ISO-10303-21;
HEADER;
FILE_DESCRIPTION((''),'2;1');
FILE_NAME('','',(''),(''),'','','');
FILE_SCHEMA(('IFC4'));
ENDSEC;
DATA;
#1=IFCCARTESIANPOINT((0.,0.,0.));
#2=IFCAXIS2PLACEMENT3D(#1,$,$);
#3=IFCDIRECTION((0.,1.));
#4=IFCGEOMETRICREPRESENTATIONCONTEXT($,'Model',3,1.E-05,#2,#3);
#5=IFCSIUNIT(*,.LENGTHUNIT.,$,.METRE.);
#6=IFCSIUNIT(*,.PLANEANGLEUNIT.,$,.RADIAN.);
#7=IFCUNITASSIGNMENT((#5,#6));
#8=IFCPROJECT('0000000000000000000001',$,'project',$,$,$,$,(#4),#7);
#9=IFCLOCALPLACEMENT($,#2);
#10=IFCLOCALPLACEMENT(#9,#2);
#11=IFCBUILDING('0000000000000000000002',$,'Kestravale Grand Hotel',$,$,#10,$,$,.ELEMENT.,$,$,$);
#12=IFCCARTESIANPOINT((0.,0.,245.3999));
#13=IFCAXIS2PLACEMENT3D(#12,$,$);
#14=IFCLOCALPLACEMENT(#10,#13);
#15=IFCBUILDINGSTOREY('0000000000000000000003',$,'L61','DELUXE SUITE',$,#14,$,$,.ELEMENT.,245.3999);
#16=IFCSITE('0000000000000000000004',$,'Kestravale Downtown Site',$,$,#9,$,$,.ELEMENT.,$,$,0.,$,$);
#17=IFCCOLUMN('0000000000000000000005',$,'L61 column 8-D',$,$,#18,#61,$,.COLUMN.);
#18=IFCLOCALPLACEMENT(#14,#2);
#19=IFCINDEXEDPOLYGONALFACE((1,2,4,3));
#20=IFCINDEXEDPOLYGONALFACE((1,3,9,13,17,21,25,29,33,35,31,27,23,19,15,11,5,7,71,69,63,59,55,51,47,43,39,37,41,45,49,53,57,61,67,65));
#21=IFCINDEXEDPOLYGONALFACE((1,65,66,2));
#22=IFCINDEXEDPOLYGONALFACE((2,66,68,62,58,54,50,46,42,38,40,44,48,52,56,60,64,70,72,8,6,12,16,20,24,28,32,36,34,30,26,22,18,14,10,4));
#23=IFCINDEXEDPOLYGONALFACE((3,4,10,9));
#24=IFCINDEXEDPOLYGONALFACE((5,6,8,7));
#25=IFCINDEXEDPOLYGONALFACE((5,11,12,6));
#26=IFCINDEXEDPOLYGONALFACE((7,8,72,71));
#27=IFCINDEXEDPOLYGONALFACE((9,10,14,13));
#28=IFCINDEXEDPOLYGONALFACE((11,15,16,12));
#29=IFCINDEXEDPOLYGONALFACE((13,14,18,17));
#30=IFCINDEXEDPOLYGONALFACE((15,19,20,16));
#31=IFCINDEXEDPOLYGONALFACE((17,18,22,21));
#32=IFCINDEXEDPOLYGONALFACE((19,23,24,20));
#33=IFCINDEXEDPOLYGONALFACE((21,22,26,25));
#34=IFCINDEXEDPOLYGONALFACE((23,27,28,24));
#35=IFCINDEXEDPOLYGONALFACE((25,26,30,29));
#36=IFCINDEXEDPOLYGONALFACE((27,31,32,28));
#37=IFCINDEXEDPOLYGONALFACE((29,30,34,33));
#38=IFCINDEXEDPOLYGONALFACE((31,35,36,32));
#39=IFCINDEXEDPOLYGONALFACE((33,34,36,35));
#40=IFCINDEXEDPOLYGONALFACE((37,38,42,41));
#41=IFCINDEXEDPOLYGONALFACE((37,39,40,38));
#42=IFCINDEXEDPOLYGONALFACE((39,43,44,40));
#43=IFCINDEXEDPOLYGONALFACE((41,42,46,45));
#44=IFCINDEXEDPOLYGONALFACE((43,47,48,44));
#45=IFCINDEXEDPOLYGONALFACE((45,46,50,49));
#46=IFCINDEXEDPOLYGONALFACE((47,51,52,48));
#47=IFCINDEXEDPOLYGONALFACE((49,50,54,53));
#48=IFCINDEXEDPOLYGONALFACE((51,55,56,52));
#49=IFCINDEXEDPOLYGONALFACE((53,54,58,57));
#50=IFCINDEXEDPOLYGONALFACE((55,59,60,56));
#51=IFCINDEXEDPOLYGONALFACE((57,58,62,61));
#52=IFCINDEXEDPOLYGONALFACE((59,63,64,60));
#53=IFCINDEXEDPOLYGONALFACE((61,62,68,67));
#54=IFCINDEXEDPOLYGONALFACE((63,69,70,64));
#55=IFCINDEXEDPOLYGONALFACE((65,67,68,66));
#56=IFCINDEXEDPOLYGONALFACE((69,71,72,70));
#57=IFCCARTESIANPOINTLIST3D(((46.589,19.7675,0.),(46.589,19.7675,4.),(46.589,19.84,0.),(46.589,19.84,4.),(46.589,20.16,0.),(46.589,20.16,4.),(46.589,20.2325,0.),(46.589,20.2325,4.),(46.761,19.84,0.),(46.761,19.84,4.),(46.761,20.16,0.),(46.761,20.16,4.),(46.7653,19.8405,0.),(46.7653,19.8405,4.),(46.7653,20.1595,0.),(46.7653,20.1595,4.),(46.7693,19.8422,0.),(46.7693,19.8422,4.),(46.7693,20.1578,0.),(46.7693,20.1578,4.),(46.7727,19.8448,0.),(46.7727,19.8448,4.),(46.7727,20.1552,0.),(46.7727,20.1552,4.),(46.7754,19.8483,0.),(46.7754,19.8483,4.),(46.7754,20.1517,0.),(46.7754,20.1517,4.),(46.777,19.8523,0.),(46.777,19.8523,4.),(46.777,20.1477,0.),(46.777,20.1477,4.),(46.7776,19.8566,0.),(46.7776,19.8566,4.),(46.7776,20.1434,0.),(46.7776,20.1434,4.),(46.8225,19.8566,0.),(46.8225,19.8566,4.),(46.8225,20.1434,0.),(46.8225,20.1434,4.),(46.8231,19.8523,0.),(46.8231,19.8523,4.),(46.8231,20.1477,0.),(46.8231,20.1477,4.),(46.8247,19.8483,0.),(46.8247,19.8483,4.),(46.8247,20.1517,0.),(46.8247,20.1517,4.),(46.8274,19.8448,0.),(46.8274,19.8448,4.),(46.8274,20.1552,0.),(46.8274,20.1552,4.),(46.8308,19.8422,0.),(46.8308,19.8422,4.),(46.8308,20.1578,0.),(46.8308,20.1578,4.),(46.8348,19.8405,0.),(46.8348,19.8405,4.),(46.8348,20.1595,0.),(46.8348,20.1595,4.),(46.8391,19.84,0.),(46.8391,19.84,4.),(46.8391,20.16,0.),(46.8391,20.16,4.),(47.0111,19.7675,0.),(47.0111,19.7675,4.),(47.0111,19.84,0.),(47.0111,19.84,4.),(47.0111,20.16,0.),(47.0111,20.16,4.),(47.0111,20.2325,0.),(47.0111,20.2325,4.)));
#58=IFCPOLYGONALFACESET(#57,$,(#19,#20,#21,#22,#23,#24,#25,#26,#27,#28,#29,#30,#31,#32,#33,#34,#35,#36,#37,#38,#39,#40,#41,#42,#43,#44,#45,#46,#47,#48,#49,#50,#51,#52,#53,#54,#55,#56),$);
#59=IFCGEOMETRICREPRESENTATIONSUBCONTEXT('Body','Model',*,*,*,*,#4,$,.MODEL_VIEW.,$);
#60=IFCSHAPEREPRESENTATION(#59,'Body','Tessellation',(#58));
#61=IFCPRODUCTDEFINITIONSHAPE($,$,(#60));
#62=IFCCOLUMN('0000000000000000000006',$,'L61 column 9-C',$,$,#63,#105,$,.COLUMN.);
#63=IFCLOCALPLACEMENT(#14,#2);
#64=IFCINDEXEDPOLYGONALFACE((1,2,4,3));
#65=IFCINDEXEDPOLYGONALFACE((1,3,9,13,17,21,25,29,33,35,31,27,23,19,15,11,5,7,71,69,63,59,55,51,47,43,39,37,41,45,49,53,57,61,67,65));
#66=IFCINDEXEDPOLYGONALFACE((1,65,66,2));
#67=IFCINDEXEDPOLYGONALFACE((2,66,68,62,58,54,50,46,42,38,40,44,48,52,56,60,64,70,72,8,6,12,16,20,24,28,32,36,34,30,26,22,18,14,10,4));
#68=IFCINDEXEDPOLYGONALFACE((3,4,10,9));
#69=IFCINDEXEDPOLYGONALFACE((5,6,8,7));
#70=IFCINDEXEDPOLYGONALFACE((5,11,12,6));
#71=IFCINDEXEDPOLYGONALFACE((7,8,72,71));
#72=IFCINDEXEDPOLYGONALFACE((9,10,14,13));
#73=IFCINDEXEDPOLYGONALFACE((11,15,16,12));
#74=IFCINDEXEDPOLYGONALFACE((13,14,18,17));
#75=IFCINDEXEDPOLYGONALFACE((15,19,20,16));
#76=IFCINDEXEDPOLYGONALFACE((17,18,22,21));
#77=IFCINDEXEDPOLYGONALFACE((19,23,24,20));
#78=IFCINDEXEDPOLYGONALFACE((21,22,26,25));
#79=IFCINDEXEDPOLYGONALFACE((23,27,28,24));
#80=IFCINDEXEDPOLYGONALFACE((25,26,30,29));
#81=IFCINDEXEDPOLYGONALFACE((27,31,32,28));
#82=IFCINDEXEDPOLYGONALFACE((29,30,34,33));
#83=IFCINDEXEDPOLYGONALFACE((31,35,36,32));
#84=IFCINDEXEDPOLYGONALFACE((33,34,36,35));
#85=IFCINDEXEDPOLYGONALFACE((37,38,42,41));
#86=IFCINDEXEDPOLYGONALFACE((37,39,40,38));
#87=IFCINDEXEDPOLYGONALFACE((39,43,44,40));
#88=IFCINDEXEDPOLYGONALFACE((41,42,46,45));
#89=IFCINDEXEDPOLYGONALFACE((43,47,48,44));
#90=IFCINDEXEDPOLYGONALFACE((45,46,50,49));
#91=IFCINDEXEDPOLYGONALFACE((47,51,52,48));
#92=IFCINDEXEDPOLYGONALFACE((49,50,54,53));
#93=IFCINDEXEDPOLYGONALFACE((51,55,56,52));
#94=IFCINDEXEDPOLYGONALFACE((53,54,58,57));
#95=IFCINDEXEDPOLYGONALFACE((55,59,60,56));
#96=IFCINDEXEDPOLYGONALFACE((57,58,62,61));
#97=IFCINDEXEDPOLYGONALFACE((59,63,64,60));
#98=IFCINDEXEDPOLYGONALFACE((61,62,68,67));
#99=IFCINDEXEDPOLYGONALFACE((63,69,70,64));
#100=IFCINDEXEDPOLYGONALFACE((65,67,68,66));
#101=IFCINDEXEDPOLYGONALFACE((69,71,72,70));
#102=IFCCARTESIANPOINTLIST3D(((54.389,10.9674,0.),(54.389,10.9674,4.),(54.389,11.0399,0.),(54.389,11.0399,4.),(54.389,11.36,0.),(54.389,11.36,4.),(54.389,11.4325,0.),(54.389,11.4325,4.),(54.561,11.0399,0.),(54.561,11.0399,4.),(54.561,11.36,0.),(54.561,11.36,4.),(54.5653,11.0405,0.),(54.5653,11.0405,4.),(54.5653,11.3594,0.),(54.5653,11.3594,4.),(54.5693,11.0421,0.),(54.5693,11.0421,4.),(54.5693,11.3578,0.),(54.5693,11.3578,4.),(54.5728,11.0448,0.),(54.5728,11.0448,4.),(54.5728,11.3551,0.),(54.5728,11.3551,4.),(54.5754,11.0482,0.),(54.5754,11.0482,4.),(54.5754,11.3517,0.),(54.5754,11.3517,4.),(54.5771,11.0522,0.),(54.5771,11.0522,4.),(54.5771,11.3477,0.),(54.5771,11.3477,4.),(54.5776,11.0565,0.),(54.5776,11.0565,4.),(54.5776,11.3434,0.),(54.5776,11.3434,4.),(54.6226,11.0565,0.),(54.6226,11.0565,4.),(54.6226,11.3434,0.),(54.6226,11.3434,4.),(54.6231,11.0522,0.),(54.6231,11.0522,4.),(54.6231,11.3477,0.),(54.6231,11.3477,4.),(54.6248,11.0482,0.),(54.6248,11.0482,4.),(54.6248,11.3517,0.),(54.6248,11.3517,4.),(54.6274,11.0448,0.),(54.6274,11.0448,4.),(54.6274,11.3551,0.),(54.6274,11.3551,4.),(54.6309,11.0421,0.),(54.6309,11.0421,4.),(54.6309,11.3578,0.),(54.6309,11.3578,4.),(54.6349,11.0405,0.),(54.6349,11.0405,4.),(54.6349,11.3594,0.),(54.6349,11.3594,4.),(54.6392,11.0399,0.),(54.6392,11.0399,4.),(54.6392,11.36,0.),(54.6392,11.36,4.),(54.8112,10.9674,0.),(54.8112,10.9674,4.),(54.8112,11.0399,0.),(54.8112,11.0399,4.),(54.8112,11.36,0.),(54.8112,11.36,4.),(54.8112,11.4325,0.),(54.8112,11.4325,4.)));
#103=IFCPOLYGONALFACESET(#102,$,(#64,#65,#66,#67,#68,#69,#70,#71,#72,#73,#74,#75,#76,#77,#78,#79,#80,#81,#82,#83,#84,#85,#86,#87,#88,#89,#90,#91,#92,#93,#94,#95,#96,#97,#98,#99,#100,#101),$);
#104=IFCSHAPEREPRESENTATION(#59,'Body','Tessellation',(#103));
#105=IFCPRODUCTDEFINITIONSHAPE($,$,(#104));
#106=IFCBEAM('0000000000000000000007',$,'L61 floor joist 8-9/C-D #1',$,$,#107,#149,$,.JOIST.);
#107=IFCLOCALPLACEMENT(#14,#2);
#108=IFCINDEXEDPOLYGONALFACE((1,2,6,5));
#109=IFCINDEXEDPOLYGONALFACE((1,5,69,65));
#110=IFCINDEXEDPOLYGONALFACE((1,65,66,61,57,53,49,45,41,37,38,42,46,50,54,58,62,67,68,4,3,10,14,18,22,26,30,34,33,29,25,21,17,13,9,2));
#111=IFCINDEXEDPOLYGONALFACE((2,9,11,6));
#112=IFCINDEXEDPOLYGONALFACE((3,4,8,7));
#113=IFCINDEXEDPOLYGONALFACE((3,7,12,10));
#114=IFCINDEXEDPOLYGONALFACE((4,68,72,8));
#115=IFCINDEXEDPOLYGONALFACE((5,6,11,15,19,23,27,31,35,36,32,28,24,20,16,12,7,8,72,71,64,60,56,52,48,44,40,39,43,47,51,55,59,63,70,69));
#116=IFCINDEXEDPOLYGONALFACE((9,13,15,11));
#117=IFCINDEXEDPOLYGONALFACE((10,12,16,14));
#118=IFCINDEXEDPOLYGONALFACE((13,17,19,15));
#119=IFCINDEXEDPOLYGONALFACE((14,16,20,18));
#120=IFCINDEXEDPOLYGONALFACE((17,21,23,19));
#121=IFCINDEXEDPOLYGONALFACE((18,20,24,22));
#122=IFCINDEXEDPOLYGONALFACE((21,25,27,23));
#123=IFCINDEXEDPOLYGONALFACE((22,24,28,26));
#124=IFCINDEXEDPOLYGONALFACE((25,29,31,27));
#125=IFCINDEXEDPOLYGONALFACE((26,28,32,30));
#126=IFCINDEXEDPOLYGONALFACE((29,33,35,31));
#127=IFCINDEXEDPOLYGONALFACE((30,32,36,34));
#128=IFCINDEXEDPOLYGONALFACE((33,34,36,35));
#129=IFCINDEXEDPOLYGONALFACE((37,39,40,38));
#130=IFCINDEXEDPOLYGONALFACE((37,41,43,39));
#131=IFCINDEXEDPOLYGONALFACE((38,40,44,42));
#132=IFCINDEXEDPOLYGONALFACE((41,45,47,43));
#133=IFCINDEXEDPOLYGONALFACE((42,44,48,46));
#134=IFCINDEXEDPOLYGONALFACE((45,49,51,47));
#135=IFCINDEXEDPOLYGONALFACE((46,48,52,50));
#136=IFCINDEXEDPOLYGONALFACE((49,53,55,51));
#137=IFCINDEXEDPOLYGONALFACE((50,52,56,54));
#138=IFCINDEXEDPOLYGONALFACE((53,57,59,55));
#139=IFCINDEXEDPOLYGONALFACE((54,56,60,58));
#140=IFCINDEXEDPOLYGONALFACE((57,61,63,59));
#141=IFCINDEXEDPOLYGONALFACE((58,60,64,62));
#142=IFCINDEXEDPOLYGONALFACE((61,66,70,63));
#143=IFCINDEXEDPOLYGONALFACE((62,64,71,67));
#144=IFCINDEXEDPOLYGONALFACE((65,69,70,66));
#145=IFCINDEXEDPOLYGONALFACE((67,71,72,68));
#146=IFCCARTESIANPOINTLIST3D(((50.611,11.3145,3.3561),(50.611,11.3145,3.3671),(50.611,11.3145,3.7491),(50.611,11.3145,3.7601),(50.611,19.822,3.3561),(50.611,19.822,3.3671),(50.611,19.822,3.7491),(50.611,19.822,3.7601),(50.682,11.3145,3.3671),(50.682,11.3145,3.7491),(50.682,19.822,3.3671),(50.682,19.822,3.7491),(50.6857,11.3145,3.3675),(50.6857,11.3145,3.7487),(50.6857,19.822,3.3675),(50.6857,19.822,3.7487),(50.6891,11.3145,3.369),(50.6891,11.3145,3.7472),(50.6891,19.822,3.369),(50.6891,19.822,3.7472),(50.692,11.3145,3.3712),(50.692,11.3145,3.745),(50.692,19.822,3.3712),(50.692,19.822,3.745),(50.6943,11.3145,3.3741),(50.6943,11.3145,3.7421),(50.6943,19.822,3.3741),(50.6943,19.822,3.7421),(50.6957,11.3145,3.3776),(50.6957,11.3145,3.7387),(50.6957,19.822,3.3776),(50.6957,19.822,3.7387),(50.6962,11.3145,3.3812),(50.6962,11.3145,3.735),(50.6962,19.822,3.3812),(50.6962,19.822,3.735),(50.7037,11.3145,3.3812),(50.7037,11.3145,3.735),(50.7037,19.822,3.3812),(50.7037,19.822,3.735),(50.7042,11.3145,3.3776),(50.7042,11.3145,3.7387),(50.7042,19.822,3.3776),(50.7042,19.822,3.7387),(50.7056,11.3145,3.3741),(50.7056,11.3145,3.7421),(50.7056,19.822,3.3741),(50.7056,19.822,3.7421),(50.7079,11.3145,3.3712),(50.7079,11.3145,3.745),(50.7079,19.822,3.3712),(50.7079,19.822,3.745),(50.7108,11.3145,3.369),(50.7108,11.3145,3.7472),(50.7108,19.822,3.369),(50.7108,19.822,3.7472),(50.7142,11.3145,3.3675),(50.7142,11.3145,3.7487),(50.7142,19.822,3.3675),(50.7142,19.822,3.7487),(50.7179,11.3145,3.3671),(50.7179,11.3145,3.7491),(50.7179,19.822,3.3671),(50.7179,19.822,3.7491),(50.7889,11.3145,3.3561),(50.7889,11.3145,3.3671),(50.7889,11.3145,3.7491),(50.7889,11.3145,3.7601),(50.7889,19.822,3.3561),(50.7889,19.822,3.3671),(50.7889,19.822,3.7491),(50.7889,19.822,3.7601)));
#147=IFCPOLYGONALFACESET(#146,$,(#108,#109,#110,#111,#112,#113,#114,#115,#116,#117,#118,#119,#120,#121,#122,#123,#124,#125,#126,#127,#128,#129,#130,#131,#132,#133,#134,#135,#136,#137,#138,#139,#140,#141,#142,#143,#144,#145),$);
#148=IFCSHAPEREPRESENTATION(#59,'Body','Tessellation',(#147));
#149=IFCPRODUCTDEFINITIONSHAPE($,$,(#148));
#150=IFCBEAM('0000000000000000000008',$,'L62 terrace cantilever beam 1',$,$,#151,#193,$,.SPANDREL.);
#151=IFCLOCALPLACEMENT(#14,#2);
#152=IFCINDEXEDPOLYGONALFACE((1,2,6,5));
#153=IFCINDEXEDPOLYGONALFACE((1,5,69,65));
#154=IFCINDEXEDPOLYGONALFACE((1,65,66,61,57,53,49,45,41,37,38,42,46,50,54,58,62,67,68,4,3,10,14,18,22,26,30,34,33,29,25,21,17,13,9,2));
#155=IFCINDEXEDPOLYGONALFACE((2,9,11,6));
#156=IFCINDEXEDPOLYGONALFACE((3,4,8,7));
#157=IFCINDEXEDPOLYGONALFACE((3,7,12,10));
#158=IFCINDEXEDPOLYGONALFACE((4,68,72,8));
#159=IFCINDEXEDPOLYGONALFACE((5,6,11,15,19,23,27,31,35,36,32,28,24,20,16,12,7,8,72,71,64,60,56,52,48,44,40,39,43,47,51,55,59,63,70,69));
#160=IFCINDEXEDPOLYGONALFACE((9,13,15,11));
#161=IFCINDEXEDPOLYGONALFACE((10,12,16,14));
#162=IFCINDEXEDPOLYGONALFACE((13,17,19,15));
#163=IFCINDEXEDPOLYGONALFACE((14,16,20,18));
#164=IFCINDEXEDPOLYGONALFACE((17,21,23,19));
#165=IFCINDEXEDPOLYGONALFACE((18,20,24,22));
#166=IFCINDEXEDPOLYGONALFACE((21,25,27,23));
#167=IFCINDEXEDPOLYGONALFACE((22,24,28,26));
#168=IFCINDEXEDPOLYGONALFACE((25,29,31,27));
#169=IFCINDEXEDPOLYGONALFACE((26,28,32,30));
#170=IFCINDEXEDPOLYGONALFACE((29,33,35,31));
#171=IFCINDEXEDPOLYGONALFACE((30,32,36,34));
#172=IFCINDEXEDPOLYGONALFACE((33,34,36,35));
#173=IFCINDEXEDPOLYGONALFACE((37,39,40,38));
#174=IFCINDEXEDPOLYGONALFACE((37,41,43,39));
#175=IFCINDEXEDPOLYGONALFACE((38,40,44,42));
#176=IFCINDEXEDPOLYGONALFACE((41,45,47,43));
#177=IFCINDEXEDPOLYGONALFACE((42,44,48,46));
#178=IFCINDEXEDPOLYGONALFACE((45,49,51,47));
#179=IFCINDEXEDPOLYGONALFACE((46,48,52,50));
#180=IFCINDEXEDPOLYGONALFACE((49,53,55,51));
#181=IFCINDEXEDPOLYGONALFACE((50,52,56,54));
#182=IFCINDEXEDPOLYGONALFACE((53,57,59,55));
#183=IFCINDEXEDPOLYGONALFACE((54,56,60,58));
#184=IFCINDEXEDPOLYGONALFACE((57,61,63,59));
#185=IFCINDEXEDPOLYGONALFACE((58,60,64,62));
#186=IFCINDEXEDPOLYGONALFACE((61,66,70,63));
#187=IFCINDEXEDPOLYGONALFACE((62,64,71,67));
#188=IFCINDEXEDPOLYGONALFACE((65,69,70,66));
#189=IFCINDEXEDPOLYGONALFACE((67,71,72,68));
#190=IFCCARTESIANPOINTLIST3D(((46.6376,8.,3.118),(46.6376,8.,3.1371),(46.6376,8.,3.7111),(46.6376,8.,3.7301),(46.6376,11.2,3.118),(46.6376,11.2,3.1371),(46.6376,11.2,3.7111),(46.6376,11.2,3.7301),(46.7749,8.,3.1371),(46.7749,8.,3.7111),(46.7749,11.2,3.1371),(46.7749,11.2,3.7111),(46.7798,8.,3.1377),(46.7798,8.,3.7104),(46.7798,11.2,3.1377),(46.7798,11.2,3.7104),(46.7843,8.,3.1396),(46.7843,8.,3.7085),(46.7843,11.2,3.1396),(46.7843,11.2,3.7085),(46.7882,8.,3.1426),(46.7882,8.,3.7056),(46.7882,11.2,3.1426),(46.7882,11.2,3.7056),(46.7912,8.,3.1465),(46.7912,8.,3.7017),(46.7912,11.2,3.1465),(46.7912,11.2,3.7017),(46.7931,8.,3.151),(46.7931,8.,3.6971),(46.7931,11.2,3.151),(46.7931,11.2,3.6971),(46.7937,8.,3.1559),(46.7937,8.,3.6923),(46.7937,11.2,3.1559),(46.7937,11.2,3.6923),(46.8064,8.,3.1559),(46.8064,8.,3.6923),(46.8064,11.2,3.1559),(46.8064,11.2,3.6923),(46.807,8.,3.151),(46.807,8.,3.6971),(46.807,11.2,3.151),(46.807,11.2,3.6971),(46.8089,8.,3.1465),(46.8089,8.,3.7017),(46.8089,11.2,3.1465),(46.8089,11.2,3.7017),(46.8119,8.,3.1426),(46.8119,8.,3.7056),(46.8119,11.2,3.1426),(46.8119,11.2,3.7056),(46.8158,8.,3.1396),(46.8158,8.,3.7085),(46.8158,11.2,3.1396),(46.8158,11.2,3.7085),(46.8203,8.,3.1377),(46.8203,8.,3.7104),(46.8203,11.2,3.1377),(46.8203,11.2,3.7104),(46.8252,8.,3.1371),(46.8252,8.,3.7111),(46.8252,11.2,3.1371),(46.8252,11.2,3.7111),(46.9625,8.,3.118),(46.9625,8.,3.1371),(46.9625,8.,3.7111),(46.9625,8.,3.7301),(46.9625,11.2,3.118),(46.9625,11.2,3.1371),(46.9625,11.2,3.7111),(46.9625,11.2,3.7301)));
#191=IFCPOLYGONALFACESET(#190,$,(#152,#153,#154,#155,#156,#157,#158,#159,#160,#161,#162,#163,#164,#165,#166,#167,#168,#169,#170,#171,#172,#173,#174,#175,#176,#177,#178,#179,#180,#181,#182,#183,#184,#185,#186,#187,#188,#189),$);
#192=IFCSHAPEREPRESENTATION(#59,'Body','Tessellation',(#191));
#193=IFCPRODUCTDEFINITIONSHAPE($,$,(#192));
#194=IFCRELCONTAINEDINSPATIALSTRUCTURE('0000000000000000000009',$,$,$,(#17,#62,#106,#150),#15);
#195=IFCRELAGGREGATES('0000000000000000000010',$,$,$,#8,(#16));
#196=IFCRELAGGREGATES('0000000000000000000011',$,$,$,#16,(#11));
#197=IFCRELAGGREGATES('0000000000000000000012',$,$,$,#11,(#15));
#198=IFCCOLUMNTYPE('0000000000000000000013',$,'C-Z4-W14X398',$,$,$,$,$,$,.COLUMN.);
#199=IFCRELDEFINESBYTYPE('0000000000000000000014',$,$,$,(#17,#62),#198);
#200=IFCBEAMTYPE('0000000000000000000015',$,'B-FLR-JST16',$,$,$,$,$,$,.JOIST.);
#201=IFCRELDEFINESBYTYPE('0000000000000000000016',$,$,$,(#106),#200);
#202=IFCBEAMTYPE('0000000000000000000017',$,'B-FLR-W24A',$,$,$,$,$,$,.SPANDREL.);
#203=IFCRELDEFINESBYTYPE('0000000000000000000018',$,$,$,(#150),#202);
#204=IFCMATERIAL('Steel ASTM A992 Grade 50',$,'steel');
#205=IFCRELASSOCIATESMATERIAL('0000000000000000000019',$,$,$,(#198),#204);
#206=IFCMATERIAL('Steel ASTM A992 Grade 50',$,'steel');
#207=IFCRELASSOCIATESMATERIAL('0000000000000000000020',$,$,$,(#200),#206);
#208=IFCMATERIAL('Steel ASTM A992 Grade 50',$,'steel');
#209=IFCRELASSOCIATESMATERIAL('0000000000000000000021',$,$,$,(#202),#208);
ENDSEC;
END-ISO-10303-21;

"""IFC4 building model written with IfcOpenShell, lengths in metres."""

from ifc_helpers import new_model, si_unit, direction, frame, origin, origin_2d, place, context, subcontext, project, spatial, i_section, extrude, material, material_profile, profile_set, type_object, element, save


model = new_model("IFC4")

# Units and contexts
model_context = context("Model", 3, precision=1e-05, world=origin(), true_north=direction((0.0, 1.0)))
body_context = subcontext(model_context, "Body", "Model", "MODEL_VIEW")
ifc_project = project(units=[si_unit("LENGTHUNIT", "METRE"), si_unit("PLANEANGLEUNIT", "RADIAN")], contexts=[model_context])

# Site, building, storey
site_placement = place(None, origin())
site = spatial("IfcSite", under=ifc_project, at=site_placement, Name="Kestravale Downtown Site", CompositionType="ELEMENT", RefElevation=0.0)
building_placement = place(site_placement, origin())
building = spatial("IfcBuilding", under=site, at=building_placement, Name="Kestravale Grand Hotel", CompositionType="ELEMENT")
storey_placement = place(building_placement, frame((0.0, 0.0, 245.3999)))
storey = spatial("IfcBuildingStorey", under=building, at=storey_placement, Name="L61", Description="DELUXE SUITE", CompositionType="ELEMENT", Elevation=245.3999)

# Columns
ifc_material_1 = material(Name="Steel ASTM A992 Grade 50", Category="steel")
ifc_material_profile_1 = material_profile(ifc_material_1, i_section(OverallWidth=0.4221, OverallDepth=0.4651, WebThickness=0.0449, FlangeThickness=0.0725, FilletRadius=0.0166, at=origin_2d()))
ifc_profile_set_1 = profile_set([ifc_material_profile_1], Name="Steel ASTM A992 Grade 50")
column_type = type_object("IfcColumnType", Name="C-Z4-W14X398", PredefinedType="COLUMN", material=ifc_profile_set_1)
for number, where, z_axis, x_axis, name in (
    (1, (46.8, 20.0, 0.0), (0.0, 0.0, 1.0), (1.0, 0.0, 0.0), "L61 column 8-D"),
    (2, (54.6001, 11.2, 0.0), (0.0, 0.0, 1.0), (1.0, 0.0, 0.0), "L61 column 9-C"),
):
    element("IfcColumn", number, at=place(storey_placement, frame(where, z_axis=z_axis, x_axis=x_axis)), inside=storey, type_object=column_type, Name=name, PredefinedType="COLUMN", context=body_context, shape_type="SweptSolid", body=[
        extrude(i_section(OverallWidth=0.4221, OverallDepth=0.4651, WebThickness=0.0449, FlangeThickness=0.0725, FilletRadius=0.0166, at=origin_2d()), origin(), (0.0, 0.0, 1.0), 4.0),
    ])

# Beams
ifc_material_2 = material(Name="Steel ASTM A992 Grade 50", Category="steel")
ifc_material_profile_2 = material_profile(ifc_material_2, i_section(OverallWidth=0.178, OverallDepth=0.4041, WebThickness=0.0076, FlangeThickness=0.011, FilletRadius=0.0142, at=origin_2d()))
ifc_profile_set_2 = profile_set([ifc_material_profile_2], Name="Steel ASTM A992 Grade 50")
beam_type_1 = type_object("IfcBeamType", Name="B-FLR-JST16", PredefinedType="JOIST", material=ifc_profile_set_2)
beam_1_placement = place(storey_placement, frame((50.7, 11.3145, 3.5581), z_axis=(0.0, 1.0, 0.0), x_axis=(-1.0, 0.0, 0.0)))
element("IfcBeam", 3, at=beam_1_placement, inside=storey, type_object=beam_type_1, Name="L61 floor joist 8-9/C-D #1", PredefinedType="JOIST", context=body_context, shape_type="SweptSolid", body=[
    extrude(i_section(OverallWidth=0.178, OverallDepth=0.4041, WebThickness=0.0076, FlangeThickness=0.011, FilletRadius=0.0142, at=origin_2d()), origin(), (0.0, 0.0, 1.0), 8.5076),
])
ifc_material_3 = material(Name="Steel ASTM A992 Grade 50", Category="steel")
ifc_material_profile_3 = material_profile(ifc_material_3, i_section(OverallWidth=0.325, OverallDepth=0.6121, WebThickness=0.0127, FlangeThickness=0.019, FilletRadius=0.0188, at=origin_2d()))
ifc_profile_set_3 = profile_set([ifc_material_profile_3], Name="Steel ASTM A992 Grade 50")
beam_type_2 = type_object("IfcBeamType", Name="B-FLR-W24A", PredefinedType="SPANDREL", material=ifc_profile_set_3)
beam_2_placement = place(storey_placement, frame((46.8, 11.2, 3.4241), z_axis=(0.0, -1.0, 0.0), x_axis=(1.0, 0.0, 0.0)))
element("IfcBeam", 4, at=beam_2_placement, inside=storey, type_object=beam_type_2, Name="L62 terrace cantilever beam 1", PredefinedType="SPANDREL", context=body_context, shape_type="SweptSolid", body=[
    extrude(i_section(OverallWidth=0.325, OverallDepth=0.6121, WebThickness=0.0127, FlangeThickness=0.019, FilletRadius=0.0188, at=origin_2d()), origin(), (0.0, 0.0, 1.0), 3.2),
])

save(model, "model.ifc")
